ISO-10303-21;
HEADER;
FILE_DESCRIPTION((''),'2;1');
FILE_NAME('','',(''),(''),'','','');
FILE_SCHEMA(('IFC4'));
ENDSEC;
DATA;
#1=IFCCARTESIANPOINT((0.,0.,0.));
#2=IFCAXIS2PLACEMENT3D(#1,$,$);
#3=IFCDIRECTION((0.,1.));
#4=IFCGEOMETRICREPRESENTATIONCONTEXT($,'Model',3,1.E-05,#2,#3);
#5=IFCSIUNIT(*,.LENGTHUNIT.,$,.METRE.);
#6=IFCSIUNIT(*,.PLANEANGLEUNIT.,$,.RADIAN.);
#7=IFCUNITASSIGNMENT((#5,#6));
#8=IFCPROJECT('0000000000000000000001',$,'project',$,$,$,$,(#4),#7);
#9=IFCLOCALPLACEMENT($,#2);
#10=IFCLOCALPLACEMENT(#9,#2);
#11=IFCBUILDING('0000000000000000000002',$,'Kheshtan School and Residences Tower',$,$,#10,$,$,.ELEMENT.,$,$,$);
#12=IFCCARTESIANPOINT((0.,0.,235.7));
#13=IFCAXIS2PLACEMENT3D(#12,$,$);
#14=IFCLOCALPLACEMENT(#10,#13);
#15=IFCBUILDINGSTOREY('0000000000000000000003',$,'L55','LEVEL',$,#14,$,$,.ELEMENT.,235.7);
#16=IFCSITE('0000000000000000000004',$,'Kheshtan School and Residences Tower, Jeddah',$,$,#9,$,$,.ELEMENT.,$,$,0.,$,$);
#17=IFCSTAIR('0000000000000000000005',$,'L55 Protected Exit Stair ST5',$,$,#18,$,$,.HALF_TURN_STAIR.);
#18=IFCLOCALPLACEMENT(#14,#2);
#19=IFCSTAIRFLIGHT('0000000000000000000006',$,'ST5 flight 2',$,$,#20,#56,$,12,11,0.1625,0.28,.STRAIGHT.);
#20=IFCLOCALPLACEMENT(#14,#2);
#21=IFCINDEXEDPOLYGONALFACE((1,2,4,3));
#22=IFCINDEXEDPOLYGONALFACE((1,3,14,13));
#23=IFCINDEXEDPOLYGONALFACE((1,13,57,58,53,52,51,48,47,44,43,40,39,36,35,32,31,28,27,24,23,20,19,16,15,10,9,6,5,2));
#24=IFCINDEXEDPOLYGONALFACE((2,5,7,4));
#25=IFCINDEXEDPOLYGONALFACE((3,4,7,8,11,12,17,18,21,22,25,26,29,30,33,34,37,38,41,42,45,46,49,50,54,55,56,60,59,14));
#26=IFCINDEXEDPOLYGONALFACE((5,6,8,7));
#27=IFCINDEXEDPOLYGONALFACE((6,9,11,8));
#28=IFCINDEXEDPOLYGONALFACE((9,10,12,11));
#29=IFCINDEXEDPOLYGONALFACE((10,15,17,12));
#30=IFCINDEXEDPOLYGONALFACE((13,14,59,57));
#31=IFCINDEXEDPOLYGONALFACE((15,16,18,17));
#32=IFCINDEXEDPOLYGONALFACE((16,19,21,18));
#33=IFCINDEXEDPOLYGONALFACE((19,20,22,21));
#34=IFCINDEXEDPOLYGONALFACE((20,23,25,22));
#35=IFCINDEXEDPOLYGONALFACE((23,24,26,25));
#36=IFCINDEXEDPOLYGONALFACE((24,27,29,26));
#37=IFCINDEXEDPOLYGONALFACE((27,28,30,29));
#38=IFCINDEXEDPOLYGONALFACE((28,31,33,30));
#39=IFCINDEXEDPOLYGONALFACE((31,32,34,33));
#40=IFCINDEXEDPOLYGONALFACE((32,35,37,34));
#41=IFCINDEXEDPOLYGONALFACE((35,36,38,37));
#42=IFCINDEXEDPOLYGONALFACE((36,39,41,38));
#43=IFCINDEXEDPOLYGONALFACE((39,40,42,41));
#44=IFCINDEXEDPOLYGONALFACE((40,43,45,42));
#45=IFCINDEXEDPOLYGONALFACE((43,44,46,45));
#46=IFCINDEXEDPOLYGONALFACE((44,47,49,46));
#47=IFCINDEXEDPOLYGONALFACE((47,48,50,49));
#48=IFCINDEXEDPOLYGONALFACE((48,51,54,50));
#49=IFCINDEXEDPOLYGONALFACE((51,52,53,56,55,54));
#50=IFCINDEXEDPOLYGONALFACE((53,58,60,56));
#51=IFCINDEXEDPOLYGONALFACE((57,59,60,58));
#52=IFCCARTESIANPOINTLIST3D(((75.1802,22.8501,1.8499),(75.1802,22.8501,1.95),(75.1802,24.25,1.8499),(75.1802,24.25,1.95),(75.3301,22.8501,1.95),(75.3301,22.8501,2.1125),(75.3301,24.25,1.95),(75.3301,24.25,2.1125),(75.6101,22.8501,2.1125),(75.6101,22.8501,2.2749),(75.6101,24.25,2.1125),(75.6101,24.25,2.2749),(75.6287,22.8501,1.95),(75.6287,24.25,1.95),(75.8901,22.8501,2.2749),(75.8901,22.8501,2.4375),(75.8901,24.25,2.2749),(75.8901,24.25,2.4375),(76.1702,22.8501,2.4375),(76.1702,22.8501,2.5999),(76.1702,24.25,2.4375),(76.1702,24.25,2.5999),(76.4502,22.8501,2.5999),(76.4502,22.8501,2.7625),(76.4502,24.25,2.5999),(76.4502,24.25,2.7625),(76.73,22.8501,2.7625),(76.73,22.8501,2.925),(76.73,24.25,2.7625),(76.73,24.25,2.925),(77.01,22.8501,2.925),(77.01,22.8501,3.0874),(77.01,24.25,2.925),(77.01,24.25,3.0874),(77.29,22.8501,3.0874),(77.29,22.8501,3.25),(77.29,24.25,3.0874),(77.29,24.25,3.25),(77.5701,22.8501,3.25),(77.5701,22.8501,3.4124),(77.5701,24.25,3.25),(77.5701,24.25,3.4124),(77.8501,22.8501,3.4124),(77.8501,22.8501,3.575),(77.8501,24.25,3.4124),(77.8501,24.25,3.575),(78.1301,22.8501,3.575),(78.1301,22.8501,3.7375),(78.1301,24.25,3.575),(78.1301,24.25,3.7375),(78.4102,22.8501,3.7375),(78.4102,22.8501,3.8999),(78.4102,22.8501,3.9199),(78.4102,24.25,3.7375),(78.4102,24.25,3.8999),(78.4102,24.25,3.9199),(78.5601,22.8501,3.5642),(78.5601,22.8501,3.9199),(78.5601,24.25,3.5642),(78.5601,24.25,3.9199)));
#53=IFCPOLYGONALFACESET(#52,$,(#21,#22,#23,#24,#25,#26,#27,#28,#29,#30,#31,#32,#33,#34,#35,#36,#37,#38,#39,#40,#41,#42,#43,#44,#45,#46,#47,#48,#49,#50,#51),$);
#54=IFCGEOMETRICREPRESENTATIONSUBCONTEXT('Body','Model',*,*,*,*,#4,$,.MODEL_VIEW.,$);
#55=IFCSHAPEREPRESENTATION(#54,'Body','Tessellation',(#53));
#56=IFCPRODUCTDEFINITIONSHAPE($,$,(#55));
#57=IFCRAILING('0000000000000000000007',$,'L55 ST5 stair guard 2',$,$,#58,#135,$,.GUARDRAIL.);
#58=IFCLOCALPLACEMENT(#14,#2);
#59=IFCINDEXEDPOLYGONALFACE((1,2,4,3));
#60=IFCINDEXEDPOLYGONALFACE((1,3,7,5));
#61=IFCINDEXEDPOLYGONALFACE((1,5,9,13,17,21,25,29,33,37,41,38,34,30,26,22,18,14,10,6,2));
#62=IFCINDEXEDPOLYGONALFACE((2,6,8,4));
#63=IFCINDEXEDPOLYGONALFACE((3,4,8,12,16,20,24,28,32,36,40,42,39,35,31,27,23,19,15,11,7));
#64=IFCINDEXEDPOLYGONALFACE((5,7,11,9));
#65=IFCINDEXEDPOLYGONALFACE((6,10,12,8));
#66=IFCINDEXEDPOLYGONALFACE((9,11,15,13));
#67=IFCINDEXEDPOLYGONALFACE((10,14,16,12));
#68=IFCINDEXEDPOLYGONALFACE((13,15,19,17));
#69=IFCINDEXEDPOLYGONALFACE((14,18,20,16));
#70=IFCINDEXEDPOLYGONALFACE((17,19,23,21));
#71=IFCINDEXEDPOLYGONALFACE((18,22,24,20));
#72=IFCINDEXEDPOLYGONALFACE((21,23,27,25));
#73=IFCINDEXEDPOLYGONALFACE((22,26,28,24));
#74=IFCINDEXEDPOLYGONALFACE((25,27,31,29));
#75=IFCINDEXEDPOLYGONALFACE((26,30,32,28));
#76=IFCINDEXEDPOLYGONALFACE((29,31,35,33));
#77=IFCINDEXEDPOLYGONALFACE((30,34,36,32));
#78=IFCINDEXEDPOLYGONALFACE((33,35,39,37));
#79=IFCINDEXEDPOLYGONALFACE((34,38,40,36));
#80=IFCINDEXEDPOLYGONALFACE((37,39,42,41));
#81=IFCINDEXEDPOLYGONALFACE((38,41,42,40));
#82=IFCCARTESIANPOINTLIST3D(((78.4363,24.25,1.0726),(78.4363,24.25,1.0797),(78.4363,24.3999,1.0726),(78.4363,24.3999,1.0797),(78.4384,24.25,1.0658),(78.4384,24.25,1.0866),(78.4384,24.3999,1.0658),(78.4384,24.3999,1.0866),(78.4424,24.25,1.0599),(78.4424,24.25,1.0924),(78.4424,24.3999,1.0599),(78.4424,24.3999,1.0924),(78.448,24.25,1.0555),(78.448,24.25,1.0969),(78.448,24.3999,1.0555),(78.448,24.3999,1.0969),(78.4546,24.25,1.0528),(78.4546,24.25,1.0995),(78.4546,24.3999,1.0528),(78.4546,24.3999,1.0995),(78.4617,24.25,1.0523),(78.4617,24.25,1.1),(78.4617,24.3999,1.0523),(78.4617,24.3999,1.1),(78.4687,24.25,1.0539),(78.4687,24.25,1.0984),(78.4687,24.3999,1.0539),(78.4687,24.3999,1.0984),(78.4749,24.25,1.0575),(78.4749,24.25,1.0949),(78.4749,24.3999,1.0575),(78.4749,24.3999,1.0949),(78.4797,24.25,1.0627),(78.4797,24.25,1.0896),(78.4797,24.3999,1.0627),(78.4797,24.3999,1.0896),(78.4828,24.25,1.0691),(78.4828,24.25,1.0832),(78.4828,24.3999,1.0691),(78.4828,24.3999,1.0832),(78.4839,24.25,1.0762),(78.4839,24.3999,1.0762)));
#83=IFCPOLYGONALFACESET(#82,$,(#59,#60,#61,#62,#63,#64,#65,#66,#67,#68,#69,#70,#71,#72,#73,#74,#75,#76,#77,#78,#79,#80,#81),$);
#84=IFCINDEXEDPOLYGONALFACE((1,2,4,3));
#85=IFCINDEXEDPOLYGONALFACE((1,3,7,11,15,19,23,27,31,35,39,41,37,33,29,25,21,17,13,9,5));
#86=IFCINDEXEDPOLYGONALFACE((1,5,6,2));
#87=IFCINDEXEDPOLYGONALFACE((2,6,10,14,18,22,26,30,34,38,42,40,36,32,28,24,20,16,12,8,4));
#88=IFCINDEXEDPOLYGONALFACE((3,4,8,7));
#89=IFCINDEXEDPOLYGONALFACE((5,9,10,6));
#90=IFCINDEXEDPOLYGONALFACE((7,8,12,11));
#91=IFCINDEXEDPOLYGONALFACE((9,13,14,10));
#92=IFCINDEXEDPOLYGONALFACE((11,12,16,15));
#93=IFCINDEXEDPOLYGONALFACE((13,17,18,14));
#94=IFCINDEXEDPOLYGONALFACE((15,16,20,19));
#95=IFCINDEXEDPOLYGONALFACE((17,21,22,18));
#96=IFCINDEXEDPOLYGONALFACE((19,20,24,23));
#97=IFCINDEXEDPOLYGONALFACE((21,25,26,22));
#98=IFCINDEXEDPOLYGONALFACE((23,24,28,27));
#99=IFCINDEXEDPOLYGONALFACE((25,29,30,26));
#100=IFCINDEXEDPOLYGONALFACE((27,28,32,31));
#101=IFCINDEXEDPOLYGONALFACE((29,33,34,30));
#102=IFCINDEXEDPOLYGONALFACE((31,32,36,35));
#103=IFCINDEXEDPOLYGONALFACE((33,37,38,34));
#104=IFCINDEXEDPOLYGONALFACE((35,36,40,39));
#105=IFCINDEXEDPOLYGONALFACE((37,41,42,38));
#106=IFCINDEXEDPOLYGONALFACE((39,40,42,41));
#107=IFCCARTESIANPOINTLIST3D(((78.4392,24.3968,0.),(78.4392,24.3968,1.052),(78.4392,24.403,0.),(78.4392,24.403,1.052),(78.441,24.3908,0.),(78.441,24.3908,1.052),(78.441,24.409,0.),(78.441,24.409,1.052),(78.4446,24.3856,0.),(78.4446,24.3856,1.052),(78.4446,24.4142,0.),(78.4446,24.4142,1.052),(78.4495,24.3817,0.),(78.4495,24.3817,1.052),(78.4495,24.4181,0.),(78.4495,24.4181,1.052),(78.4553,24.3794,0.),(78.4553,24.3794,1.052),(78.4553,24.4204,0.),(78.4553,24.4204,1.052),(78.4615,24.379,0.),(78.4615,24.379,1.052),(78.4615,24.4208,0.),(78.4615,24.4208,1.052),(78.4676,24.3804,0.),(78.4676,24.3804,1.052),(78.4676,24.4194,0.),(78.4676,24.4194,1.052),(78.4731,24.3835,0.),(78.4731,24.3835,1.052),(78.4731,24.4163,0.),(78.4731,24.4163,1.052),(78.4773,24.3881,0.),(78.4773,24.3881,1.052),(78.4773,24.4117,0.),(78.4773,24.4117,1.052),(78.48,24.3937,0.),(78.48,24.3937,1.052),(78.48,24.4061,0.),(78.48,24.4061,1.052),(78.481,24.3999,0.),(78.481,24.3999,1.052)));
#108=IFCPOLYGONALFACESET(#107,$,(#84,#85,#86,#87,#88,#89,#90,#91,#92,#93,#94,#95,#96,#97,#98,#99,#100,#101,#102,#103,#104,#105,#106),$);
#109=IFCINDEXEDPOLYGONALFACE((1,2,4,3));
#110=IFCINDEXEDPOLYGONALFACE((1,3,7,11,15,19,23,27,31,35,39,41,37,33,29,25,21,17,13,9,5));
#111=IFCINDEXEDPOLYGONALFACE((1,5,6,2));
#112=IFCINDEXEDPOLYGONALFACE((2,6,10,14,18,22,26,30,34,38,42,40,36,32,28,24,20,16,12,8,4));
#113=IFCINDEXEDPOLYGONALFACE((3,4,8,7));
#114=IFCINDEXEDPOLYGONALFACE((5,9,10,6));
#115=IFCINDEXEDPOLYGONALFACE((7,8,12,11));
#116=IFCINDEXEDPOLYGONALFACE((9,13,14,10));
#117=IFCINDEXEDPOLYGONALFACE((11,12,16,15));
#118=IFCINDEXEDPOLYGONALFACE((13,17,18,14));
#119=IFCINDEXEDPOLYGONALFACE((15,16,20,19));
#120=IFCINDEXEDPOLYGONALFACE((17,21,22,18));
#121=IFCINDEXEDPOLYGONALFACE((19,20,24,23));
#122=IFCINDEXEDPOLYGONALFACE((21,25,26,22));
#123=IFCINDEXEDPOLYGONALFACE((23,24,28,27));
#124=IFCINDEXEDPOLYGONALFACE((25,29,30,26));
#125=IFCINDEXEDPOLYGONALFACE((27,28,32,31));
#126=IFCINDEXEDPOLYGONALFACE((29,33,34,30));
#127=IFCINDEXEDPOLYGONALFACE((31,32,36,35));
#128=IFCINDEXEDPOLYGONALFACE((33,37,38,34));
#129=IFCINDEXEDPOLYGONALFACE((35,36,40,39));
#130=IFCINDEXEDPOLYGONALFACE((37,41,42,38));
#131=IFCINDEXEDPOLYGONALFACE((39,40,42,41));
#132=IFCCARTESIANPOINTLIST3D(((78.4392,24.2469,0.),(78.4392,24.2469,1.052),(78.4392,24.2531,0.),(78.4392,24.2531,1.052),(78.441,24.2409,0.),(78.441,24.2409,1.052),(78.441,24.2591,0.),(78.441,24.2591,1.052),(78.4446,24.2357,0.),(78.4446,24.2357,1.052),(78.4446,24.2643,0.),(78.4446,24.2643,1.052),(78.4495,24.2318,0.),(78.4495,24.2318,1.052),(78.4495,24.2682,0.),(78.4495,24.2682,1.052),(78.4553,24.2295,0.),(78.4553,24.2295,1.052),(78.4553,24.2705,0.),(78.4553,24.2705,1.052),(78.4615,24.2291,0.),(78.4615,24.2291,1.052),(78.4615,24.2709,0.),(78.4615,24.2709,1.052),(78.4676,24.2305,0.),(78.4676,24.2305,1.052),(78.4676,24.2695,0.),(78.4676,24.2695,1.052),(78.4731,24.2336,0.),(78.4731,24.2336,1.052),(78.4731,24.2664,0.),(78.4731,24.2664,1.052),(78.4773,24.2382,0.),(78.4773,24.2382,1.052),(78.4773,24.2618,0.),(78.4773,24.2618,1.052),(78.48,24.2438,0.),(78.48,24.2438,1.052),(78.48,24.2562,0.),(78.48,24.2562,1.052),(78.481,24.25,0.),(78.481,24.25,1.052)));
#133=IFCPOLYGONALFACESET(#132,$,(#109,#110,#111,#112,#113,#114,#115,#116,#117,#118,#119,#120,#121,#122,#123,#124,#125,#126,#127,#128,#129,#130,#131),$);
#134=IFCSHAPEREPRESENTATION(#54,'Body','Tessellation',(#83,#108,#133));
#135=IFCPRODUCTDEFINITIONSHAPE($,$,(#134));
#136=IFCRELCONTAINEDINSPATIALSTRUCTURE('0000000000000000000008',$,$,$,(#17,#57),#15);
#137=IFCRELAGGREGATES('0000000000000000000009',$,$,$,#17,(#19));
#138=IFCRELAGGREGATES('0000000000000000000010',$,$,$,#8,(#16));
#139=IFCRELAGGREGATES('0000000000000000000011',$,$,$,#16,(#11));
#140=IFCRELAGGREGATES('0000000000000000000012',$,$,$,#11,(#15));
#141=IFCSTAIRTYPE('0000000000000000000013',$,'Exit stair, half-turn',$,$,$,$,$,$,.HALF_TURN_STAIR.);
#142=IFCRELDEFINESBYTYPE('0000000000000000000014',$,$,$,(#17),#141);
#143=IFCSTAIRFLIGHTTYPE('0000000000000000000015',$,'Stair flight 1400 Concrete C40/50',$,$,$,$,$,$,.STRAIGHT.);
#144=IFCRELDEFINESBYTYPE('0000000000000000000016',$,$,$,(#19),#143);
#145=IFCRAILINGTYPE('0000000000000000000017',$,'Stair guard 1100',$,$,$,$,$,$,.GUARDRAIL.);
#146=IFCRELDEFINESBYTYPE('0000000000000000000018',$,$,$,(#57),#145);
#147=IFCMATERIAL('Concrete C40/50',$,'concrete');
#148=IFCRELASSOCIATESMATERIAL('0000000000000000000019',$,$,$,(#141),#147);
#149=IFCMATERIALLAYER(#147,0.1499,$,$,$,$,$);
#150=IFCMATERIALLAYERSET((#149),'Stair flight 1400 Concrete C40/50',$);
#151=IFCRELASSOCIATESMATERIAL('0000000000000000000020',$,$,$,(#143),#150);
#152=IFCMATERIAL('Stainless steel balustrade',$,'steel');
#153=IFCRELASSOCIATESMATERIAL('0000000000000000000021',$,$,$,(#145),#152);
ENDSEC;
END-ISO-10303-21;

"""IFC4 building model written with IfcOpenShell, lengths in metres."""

from ifc_helpers import new_model, si_unit, direction, frame, origin, origin_2d, place, context, subcontext, project, spatial, polyline, circle, outline, extrude, material, layer, layer_set, type_object, element, aggregate, save


model = new_model("IFC4")

# Units and contexts
model_context = context("Model", 3, precision=1e-05, world=origin(), true_north=direction((0.0, 1.0)))
body_context = subcontext(model_context, "Body", "Model", "MODEL_VIEW")
ifc_project = project(units=[si_unit("LENGTHUNIT", "METRE"), si_unit("PLANEANGLEUNIT", "RADIAN")], contexts=[model_context])

# Site, building, storey
site_placement = place(None, origin())
site = spatial("IfcSite", under=ifc_project, at=site_placement, Name="Kheshtan School and Residences Tower, Jeddah", CompositionType="ELEMENT", RefElevation=0.0)
building_placement = place(site_placement, origin())
building = spatial("IfcBuilding", under=site, at=building_placement, Name="Kheshtan School and Residences Tower", CompositionType="ELEMENT")
storey_placement = place(building_placement, frame((0.0, 0.0, 235.7)))
storey = spatial("IfcBuildingStorey", under=building, at=storey_placement, Name="L55", Description="LEVEL", CompositionType="ELEMENT", Elevation=235.7)

# Shared definitions
ifc_material_1 = material(Name="Concrete C40/50", Category="concrete")

# Stair, stair flight
stair_type = type_object("IfcStairType", Name="Exit stair, half-turn", PredefinedType="HALF_TURN_STAIR", material=ifc_material_1)
stair_placement = place(storey_placement, origin())
stair = element("IfcStair", 1, at=stair_placement, inside=storey, type_object=stair_type, Name="L55 Protected Exit Stair ST5", PredefinedType="HALF_TURN_STAIR")
ifc_layer_1 = layer(ifc_material_1, 0.1499)
ifc_layer_set_1 = layer_set([ifc_layer_1], Name="Stair flight 1400 Concrete C40/50")
stair_flight_type = type_object("IfcStairFlightType", Name="Stair flight 1400 Concrete C40/50", PredefinedType="STRAIGHT", material=ifc_layer_set_1)
stair_flight_1_placement = place(storey_placement, frame((75.3301, 23.55, 1.95), z_axis=(0.0, 0.0, 1.0), x_axis=(1.0, 0.0, 0.0)))
stair_flight_1 = element("IfcStairFlight", 2, at=stair_flight_1_placement, type_object=stair_flight_type, Name="ST5 flight 2", NumberOfRisers=12, NumberOfTreads=11, PredefinedType="STRAIGHT", RiserHeight=0.1625, TreadLength=0.28, context=body_context, shape_type="SweptSolid", body=[
    extrude(outline(polyline([(-0.1499, -0.1001), (-0.1499, 0.0), (0.0, 0.0), (0.0, 0.1626), (0.28, 0.1626), (0.28, 0.325), (0.5601, 0.325), (0.5601, 0.4875), (0.8401, 0.4875), (0.8401, 0.6499), (1.1201, 0.6499), (1.1201, 0.8125), (1.3999, 0.8125), (1.3999, 0.9751), (1.6799, 0.9751), (1.6799, 1.1375), (1.96, 1.1375), (1.96, 1.3), (2.24, 1.3), (2.24, 1.4624), (2.52, 1.4624), (2.52, 1.625), (2.8, 1.625), (2.8, 1.7876), (3.0801, 1.7876), (3.0801, 1.95), (3.0801, 1.97), (3.23, 1.97), (3.23, 1.6143), (0.2986, 0.0), (-0.1499, -0.1001)])), frame((0.0, 0.7, 0.0), z_axis=(0.0, -1.0, 0.0), x_axis=(1.0, 0.0, 0.0)), (0.0, 0.0, 1.0), 1.3999),
])
aggregate(stair, [stair_flight_1])

# Railing
ifc_material_2 = material(Name="Stainless steel balustrade", Category="steel")
railing_type_1 = type_object("IfcRailingType", Name="Stair guard 1100", PredefinedType="GUARDRAIL", material=ifc_material_2)
railing_1_placement = place(storey_placement, frame((78.46, 24.3999, 0.0)))
element("IfcRailing", 3, at=railing_1_placement, inside=storey, type_object=railing_type_1, Name="L55 ST5 stair guard 2", PredefinedType="GUARDRAIL", context=body_context, shape_type="SweptSolid", body=[
    extrude(circle(Radius=0.0239, at=origin_2d()), frame((0.0, 0.0, 1.0762), z_axis=(0.0, -1.0, 0.0), x_axis=(1.0, 0.0, 0.0)), (0.0, 0.0, 1.0), 0.1499),
    extrude(circle(Radius=0.021, at=origin_2d()), origin(), (0.0, 0.0, 1.0), 1.052),
    extrude(circle(Radius=0.021, at=origin_2d()), frame((0.0, -0.1499, 0.0)), (0.0, 0.0, 1.0), 1.052),
])

save(model, "model.ifc")
